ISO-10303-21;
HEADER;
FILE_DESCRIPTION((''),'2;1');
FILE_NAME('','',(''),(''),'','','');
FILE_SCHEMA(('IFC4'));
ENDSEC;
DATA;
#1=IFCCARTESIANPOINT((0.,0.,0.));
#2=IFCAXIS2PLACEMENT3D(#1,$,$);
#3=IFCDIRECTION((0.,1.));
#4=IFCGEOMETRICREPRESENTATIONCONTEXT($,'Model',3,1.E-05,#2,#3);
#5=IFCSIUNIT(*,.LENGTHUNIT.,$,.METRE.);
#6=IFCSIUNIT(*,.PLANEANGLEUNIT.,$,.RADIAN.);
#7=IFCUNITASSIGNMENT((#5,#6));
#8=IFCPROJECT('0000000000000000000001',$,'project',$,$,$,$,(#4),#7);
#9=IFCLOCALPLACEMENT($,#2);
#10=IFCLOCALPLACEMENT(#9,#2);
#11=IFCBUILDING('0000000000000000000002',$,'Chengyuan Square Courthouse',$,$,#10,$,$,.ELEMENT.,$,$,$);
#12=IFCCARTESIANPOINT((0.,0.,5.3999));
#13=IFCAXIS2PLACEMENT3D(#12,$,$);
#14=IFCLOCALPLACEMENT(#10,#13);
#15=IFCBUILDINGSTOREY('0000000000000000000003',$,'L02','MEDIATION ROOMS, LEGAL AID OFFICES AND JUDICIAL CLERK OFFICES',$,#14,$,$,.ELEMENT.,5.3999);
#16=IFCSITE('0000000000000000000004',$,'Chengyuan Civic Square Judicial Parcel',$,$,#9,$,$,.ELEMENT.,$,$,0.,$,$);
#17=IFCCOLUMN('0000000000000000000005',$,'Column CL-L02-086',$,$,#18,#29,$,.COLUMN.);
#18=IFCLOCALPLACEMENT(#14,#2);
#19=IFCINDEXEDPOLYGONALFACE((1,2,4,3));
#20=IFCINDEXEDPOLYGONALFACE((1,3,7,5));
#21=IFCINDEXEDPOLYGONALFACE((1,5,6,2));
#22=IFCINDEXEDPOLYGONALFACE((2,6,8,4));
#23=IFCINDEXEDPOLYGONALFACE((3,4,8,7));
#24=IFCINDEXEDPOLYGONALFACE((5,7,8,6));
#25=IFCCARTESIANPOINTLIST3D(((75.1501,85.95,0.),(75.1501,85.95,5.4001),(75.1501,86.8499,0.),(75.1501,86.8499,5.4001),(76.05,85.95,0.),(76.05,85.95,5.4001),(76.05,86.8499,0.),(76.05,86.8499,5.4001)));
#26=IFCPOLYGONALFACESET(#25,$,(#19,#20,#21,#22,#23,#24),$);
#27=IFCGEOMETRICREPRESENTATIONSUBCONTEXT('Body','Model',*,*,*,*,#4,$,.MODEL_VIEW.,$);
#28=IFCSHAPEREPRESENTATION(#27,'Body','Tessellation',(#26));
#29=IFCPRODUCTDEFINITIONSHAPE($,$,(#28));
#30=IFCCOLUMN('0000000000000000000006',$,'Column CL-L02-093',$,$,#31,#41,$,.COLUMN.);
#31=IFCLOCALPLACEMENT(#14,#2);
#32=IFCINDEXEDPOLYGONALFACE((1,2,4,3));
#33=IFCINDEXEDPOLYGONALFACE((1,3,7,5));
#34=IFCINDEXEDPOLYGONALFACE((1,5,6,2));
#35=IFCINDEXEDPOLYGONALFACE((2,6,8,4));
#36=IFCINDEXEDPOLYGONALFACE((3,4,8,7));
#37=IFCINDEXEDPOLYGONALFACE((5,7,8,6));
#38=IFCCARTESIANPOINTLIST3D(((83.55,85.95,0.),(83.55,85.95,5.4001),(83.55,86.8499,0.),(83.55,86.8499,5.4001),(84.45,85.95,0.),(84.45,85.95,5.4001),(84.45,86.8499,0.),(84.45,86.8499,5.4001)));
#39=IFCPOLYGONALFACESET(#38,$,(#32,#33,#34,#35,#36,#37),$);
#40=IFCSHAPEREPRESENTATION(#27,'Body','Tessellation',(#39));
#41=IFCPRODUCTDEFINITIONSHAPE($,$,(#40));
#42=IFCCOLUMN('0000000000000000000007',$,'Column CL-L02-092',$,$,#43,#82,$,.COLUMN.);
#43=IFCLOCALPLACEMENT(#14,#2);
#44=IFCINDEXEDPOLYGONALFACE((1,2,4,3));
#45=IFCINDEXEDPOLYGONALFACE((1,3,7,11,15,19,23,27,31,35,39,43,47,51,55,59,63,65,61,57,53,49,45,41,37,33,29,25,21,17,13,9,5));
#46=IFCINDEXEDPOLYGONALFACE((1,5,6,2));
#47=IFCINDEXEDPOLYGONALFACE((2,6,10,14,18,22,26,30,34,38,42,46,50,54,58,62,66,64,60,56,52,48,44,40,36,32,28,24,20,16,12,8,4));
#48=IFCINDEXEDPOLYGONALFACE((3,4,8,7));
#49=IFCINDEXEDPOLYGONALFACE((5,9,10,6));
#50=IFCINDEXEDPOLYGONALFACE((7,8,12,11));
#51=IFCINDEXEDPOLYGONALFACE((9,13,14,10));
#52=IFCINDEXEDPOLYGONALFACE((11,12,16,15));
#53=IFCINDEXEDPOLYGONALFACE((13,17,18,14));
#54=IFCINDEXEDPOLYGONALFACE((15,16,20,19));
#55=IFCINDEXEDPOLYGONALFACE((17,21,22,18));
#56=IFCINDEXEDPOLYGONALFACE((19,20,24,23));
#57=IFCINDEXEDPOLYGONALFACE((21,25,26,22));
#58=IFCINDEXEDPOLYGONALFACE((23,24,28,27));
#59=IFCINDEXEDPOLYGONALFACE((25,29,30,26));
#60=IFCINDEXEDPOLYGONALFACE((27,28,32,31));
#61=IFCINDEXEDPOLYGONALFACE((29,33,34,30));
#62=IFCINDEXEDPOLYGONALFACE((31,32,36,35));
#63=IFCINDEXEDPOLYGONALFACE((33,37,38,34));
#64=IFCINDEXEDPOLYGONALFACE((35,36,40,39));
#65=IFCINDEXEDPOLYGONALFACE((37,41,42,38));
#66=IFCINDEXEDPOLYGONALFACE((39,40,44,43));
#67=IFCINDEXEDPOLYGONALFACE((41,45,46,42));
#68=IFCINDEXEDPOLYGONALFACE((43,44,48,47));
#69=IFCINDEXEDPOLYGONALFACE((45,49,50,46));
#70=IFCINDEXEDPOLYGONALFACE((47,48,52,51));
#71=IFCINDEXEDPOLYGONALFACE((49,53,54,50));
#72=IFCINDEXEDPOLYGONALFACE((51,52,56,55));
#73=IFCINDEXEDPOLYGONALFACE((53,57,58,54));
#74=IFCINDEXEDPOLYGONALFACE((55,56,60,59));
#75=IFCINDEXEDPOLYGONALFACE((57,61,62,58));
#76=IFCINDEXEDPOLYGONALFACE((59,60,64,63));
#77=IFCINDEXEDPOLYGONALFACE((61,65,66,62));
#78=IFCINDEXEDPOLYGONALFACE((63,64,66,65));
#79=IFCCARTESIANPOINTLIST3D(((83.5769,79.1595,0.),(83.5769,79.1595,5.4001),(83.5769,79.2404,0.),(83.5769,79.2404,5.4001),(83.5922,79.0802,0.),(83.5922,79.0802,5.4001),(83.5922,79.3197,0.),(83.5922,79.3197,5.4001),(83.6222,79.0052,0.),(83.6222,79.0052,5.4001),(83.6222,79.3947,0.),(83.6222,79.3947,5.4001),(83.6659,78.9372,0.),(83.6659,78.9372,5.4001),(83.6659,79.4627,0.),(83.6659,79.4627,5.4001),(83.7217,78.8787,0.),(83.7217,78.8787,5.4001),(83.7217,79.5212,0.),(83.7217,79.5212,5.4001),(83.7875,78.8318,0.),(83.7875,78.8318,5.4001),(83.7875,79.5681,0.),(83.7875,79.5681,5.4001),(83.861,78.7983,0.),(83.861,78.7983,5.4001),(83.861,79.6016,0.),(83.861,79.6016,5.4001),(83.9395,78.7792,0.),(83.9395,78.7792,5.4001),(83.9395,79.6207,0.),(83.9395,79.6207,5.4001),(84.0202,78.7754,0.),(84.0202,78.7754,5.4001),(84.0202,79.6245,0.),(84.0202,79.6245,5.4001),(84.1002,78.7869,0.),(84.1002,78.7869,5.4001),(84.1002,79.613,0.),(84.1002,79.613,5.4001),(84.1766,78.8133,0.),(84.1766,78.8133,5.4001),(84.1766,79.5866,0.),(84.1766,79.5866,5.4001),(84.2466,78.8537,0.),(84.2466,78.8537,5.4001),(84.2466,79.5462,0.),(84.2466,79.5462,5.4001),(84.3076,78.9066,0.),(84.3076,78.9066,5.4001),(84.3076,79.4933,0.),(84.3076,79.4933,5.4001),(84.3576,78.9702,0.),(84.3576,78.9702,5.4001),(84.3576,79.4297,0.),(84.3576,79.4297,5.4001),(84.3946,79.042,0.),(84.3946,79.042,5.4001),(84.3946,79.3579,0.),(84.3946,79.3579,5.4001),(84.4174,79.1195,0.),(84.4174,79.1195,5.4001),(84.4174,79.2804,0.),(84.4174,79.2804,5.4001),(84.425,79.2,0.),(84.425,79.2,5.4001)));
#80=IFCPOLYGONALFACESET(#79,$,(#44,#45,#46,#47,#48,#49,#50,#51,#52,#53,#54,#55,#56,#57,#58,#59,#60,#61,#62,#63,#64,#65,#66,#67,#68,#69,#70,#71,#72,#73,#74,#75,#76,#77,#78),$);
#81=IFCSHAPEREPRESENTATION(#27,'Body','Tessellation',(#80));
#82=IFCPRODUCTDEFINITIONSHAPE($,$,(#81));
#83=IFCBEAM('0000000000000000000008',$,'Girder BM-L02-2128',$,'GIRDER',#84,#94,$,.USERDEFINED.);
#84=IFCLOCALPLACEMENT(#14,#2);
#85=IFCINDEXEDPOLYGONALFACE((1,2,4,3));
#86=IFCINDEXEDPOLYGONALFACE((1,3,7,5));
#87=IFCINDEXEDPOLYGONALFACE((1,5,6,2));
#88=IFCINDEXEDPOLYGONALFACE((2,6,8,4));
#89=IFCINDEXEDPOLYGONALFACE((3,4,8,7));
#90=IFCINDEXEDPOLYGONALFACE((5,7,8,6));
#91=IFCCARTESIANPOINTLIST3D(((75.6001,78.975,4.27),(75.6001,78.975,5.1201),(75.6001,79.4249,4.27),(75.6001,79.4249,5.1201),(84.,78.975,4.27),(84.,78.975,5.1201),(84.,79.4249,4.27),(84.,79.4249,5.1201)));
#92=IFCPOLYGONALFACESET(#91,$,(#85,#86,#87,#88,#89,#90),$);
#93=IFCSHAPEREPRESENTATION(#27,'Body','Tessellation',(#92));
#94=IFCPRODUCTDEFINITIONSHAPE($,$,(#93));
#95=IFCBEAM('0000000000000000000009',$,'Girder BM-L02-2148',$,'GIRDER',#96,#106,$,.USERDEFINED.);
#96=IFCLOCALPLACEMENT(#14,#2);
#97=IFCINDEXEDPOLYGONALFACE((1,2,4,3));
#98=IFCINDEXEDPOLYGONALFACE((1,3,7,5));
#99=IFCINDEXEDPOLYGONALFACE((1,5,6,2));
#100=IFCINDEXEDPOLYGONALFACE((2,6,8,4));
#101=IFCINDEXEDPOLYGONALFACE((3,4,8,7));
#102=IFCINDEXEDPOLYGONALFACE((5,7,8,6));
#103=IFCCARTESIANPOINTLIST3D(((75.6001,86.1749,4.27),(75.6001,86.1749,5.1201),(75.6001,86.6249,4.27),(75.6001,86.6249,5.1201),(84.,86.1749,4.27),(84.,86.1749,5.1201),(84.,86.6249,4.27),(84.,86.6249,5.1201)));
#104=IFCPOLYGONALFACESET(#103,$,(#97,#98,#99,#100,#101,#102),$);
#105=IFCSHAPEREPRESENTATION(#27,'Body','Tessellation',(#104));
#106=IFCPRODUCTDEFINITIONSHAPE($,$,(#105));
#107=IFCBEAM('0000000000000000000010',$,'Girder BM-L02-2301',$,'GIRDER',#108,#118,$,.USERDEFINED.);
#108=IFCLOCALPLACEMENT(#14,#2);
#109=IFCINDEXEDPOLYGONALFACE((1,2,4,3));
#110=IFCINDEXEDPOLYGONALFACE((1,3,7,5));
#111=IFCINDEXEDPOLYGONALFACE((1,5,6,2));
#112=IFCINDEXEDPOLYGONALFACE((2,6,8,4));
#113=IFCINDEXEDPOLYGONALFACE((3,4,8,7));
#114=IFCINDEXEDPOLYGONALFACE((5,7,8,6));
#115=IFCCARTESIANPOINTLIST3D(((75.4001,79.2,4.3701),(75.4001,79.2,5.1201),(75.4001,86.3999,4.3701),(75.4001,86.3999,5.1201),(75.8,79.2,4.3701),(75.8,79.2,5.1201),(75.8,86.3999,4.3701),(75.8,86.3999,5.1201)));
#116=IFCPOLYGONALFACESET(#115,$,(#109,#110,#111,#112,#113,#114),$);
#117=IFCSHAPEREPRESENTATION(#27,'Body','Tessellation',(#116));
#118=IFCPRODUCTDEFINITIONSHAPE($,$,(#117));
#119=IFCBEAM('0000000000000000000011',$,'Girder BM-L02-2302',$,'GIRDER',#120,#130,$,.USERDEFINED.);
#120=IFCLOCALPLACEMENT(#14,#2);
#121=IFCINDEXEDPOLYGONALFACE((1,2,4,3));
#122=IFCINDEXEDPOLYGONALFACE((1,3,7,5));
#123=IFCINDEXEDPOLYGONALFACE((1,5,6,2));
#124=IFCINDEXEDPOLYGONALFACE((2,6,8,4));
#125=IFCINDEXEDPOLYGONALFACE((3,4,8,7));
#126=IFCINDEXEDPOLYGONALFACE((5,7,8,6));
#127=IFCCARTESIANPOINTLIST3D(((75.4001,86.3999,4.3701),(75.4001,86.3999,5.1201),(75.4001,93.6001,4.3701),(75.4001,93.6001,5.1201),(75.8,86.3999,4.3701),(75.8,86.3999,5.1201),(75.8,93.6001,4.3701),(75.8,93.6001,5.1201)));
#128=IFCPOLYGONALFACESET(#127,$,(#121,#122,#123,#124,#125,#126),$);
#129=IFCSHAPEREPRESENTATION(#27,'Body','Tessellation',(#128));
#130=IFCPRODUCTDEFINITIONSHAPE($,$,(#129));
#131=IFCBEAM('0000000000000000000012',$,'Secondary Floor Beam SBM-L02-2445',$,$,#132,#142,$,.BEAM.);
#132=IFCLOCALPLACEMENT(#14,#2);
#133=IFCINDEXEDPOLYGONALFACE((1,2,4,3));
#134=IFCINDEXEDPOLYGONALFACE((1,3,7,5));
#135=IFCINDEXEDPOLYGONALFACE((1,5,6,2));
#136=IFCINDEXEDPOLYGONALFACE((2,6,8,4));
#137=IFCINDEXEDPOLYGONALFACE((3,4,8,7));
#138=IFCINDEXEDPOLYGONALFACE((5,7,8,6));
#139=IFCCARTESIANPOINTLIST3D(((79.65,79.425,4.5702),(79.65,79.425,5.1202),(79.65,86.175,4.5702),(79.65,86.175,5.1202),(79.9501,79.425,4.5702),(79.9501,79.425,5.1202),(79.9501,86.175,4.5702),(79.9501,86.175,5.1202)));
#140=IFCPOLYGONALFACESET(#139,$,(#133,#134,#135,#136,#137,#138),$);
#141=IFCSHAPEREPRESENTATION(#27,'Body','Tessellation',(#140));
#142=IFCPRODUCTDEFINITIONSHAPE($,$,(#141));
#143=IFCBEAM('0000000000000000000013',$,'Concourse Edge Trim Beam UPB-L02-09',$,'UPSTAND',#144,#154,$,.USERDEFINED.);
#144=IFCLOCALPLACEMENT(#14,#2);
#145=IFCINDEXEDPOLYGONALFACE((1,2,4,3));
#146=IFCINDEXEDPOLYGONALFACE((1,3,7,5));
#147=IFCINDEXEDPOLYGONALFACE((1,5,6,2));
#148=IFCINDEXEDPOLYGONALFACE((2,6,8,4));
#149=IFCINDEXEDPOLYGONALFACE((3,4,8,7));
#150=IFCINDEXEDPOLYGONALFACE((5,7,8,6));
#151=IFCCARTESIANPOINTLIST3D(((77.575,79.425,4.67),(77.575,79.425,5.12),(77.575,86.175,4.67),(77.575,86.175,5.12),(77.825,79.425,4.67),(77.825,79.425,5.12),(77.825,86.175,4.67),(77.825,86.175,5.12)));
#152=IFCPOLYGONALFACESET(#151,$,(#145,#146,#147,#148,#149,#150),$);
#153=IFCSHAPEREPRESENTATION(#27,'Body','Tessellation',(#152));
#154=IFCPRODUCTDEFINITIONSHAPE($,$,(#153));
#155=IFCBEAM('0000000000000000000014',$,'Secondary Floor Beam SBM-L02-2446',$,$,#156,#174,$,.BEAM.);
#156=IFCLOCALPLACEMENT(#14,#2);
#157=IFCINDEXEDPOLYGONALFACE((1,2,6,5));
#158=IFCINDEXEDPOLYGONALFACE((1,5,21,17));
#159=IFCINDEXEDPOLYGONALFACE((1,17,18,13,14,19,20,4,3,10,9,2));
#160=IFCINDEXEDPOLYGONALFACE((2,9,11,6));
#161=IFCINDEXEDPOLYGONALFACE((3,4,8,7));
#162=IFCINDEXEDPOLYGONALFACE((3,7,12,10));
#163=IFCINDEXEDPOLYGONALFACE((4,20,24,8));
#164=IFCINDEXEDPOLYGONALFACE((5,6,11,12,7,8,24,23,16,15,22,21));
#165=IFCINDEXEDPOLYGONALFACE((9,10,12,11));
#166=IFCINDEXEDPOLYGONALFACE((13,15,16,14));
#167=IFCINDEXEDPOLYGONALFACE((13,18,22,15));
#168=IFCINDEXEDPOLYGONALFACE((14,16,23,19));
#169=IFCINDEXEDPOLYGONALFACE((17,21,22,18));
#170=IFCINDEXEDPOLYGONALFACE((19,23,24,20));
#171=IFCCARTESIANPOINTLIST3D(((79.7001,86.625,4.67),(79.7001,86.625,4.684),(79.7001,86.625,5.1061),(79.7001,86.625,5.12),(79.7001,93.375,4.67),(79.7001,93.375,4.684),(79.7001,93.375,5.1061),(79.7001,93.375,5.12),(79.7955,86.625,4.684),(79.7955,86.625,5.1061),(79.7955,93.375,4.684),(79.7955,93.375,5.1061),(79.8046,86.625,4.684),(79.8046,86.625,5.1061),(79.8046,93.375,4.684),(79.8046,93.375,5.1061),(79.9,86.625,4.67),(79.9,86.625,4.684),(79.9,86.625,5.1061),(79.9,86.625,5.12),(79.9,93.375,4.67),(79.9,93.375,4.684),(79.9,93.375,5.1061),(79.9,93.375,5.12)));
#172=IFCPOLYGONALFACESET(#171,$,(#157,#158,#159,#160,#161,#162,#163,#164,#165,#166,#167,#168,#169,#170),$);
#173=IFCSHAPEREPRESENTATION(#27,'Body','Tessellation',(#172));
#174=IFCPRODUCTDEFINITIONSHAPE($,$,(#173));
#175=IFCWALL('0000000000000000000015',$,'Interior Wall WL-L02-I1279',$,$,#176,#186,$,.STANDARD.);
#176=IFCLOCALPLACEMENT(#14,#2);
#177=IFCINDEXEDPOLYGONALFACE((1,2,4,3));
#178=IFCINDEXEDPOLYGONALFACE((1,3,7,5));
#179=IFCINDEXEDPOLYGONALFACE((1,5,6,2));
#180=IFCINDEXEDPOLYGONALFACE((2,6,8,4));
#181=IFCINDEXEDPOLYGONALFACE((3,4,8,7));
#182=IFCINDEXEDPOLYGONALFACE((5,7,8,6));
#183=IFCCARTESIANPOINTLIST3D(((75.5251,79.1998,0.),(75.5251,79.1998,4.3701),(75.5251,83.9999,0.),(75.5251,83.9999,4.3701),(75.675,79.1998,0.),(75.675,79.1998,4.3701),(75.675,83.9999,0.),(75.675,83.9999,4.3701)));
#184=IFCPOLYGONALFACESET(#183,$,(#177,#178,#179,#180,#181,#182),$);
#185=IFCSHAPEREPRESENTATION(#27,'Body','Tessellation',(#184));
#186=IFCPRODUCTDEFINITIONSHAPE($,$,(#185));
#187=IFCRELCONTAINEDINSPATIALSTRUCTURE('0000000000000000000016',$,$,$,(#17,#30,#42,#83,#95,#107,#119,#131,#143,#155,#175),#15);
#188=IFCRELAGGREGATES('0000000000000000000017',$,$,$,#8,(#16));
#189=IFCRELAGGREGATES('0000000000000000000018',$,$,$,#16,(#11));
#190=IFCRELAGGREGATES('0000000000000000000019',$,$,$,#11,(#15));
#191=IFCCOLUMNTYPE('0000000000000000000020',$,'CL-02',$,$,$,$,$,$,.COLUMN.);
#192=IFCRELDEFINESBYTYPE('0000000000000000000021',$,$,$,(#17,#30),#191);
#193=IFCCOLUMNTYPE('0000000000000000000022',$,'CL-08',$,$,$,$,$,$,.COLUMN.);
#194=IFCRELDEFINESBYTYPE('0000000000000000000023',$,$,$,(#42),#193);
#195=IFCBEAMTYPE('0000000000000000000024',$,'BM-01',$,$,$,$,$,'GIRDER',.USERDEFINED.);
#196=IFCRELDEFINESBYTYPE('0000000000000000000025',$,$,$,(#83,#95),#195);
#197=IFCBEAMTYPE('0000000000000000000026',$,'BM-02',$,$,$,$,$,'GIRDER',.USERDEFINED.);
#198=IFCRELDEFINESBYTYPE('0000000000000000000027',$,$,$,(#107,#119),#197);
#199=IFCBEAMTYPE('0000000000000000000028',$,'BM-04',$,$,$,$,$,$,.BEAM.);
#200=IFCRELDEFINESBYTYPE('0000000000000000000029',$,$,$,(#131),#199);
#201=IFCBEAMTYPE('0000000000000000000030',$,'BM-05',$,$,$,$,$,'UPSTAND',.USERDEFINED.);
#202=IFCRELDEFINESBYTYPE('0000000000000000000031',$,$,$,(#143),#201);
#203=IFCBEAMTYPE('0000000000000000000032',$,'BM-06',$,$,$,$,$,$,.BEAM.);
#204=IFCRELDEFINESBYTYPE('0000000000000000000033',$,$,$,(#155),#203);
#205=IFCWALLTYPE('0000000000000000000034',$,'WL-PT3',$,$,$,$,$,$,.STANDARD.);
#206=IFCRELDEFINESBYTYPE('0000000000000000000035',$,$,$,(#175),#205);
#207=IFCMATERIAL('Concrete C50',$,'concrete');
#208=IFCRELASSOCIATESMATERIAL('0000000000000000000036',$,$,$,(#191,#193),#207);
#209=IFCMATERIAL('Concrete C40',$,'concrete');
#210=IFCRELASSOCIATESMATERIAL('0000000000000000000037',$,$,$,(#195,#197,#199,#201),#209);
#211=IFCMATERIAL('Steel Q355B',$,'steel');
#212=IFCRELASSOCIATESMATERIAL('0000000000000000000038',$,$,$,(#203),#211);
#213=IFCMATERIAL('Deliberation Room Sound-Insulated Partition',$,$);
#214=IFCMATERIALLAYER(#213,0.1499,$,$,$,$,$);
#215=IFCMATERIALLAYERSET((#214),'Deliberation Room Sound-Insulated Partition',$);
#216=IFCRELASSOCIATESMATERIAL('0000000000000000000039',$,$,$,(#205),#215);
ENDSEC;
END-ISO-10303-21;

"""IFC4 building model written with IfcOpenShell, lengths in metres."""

from ifc_helpers import new_model, si_unit, direction, frame, frame_2d, origin, origin_2d, place, context, subcontext, project, spatial, rectangle, circle, i_section, extrude, material, layer, layer_set, material_profile, profile_set, type_object, element, save


model = new_model("IFC4")

# Units and contexts
model_context = context("Model", 3, precision=1e-05, world=origin(), true_north=direction((0.0, 1.0)))
body_context = subcontext(model_context, "Body", "Model", "MODEL_VIEW")
ifc_project = project(units=[si_unit("LENGTHUNIT", "METRE"), si_unit("PLANEANGLEUNIT", "RADIAN")], contexts=[model_context])

# Site, building, storey
site_placement = place(None, origin())
site = spatial("IfcSite", under=ifc_project, at=site_placement, Name="Chengyuan Civic Square Judicial Parcel", CompositionType="ELEMENT", RefElevation=0.0)
building_placement = place(site_placement, origin())
building = spatial("IfcBuilding", under=site, at=building_placement, Name="Chengyuan Square Courthouse", CompositionType="ELEMENT")
storey_placement = place(building_placement, frame((0.0, 0.0, 5.3999)))
storey = spatial("IfcBuildingStorey", under=building, at=storey_placement, Name="L02", Description="MEDIATION ROOMS, LEGAL AID OFFICES AND JUDICIAL CLERK OFFICES", CompositionType="ELEMENT", Elevation=5.3999)

# Columns
ifc_material_1 = material(Name="Concrete C50", Category="concrete")
ifc_material_profile_1 = material_profile(ifc_material_1, rectangle(XDim=0.8999, YDim=0.8999, at=origin_2d()), Name="RC-COL-900x900")
ifc_profile_set_1 = profile_set([ifc_material_profile_1], Name="Concrete C50")
column_type_1 = type_object("IfcColumnType", Name="CL-02", PredefinedType="COLUMN", material=ifc_profile_set_1)
for number, where, z_axis, x_axis, name in (
    (1, (75.6001, 86.3999, 0.0), (0.0, 0.0, 1.0), (1.0, 0.0, 0.0), "Column CL-L02-086"),
    (2, (84.0, 86.3999, 0.0), (0.0, 0.0, 1.0), (1.0, 0.0, 0.0), "Column CL-L02-093"),
):
    element("IfcColumn", number, at=place(storey_placement, frame(where, z_axis=z_axis, x_axis=x_axis)), inside=storey, type_object=column_type_1, Name=name, PredefinedType="COLUMN", context=body_context, shape_type="SweptSolid", body=[
        extrude(rectangle(XDim=0.8999, YDim=0.8999, at=origin_2d()), origin(), (0.0, 0.0, 1.0), 5.4001),
    ])
ifc_material_profile_2 = material_profile(ifc_material_1, circle(Radius=0.425, at=origin_2d()), Name="RC-COL-D850")
ifc_profile_set_2 = profile_set([ifc_material_profile_2], Name="Concrete C50")
column_type_2 = type_object("IfcColumnType", Name="CL-08", PredefinedType="COLUMN", material=ifc_profile_set_2)
column_placement = place(storey_placement, frame((84.0, 79.2, 0.0), z_axis=(0.0, 0.0, 1.0), x_axis=(1.0, 0.0, 0.0)))
element("IfcColumn", 3, at=column_placement, inside=storey, type_object=column_type_2, Name="Column CL-L02-092", PredefinedType="COLUMN", context=body_context, shape_type="SweptSolid", body=[
    extrude(circle(Radius=0.425, at=origin_2d()), origin(), (0.0, 0.0, 1.0), 5.4001),
])

# Beams
ifc_material_2 = material(Name="Concrete C40", Category="concrete")
ifc_material_profile_3 = material_profile(ifc_material_2, rectangle(XDim=0.45, YDim=0.8501, at=origin_2d()), Name="RC-BM-450x850")
ifc_profile_set_3 = profile_set([ifc_material_profile_3], Name="Concrete C40")
beam_type_1 = type_object("IfcBeamType", Name="BM-01", ElementType="GIRDER", PredefinedType="USERDEFINED", material=ifc_profile_set_3)
for number, where, z_axis, x_axis, name in (
    (4, (75.6001, 79.2, 4.6951), (1.0, 0.0, 0.0), (0.0, 1.0, 0.0), "Girder BM-L02-2128"),
    (5, (75.6001, 86.3999, 4.6951), (1.0, 0.0, 0.0), (0.0, 1.0, 0.0), "Girder BM-L02-2148"),
):
    element("IfcBeam", number, at=place(storey_placement, frame(where, z_axis=z_axis, x_axis=x_axis)), inside=storey, type_object=beam_type_1, Name=name, ObjectType="GIRDER", PredefinedType="USERDEFINED", context=body_context, shape_type="SweptSolid", body=[
        extrude(rectangle(XDim=0.45, YDim=0.8501, at=origin_2d()), origin(), (0.0, 0.0, 1.0), 8.3999),
    ])
ifc_material_profile_4 = material_profile(ifc_material_2, rectangle(XDim=0.3999, YDim=0.75, at=origin_2d()), Name="RC-BM-400x750")
ifc_profile_set_4 = profile_set([ifc_material_profile_4], Name="Concrete C40")
beam_type_2 = type_object("IfcBeamType", Name="BM-02", ElementType="GIRDER", PredefinedType="USERDEFINED", material=ifc_profile_set_4)
beam_1_placement = place(storey_placement, frame((75.6001, 79.2, 4.7451), z_axis=(0.0, 1.0, 0.0), x_axis=(-1.0, 0.0, 0.0)))
element("IfcBeam", 6, at=beam_1_placement, inside=storey, type_object=beam_type_2, Name="Girder BM-L02-2301", ObjectType="GIRDER", PredefinedType="USERDEFINED", context=body_context, shape_type="SweptSolid", body=[
    extrude(rectangle(XDim=0.3999, YDim=0.75, at=origin_2d()), origin(), (0.0, 0.0, 1.0), 7.2),
])
beam_2_placement = place(storey_placement, frame((75.6001, 86.3999, 4.7451), z_axis=(0.0, 1.0, 0.0), x_axis=(-1.0, 0.0, 0.0)))
element("IfcBeam", 7, at=beam_2_placement, inside=storey, type_object=beam_type_2, Name="Girder BM-L02-2302", ObjectType="GIRDER", PredefinedType="USERDEFINED", context=body_context, shape_type="SweptSolid", body=[
    extrude(rectangle(XDim=0.3999, YDim=0.75, at=origin_2d()), origin(), (0.0, 0.0, 1.0), 7.2002),
])
ifc_material_profile_5 = material_profile(ifc_material_2, rectangle(XDim=0.3, YDim=0.55, at=origin_2d()), Name="RC-BM-300x550")
ifc_profile_set_5 = profile_set([ifc_material_profile_5], Name="Concrete C40")
beam_type_3 = type_object("IfcBeamType", Name="BM-04", PredefinedType="BEAM", material=ifc_profile_set_5)
beam_3_placement = place(storey_placement, frame((79.8, 79.425, 4.8452), z_axis=(0.0, 1.0, 0.0), x_axis=(-1.0, 0.0, 0.0)))
element("IfcBeam", 8, at=beam_3_placement, inside=storey, type_object=beam_type_3, Name="Secondary Floor Beam SBM-L02-2445", PredefinedType="BEAM", context=body_context, shape_type="SweptSolid", body=[
    extrude(rectangle(XDim=0.3, YDim=0.55, at=origin_2d()), origin(), (0.0, 0.0, 1.0), 6.75),
])
ifc_material_profile_6 = material_profile(ifc_material_2, rectangle(XDim=0.25, YDim=0.45, at=origin_2d()), Name="RC-UP-250x450")
ifc_profile_set_6 = profile_set([ifc_material_profile_6], Name="Concrete C40")
beam_type_4 = type_object("IfcBeamType", Name="BM-05", ElementType="UPSTAND", PredefinedType="USERDEFINED", material=ifc_profile_set_6)
beam_4_placement = place(storey_placement, frame((77.7, 79.425, 4.895), z_axis=(0.0, 1.0, 0.0), x_axis=(-1.0, 0.0, 0.0)))
element("IfcBeam", 9, at=beam_4_placement, inside=storey, type_object=beam_type_4, Name="Concourse Edge Trim Beam UPB-L02-09", ObjectType="UPSTAND", PredefinedType="USERDEFINED", context=body_context, shape_type="SweptSolid", body=[
    extrude(rectangle(XDim=0.25, YDim=0.45, at=origin_2d()), origin(), (0.0, 0.0, 1.0), 6.75),
])
ifc_material_3 = material(Name="Steel Q355B", Category="steel")
ifc_material_profile_7 = material_profile(ifc_material_3, i_section(OverallWidth=0.2, OverallDepth=0.45, WebThickness=0.009, FlangeThickness=0.0139, at=origin_2d()), Name="HN 450x200x9x14")
ifc_profile_set_7 = profile_set([ifc_material_profile_7], Name="Steel Q355B")
beam_type_5 = type_object("IfcBeamType", Name="BM-06", PredefinedType="BEAM", material=ifc_profile_set_7)
beam_5_placement = place(storey_placement, frame((79.8, 86.625, 4.895), z_axis=(0.0, 1.0, 0.0), x_axis=(-1.0, 0.0, 0.0)))
element("IfcBeam", 10, at=beam_5_placement, inside=storey, type_object=beam_type_5, Name="Secondary Floor Beam SBM-L02-2446", PredefinedType="BEAM", context=body_context, shape_type="SweptSolid", body=[
    extrude(i_section(OverallWidth=0.2, OverallDepth=0.45, WebThickness=0.009, FlangeThickness=0.0139, at=origin_2d()), origin(), (0.0, 0.0, 1.0), 6.75),
])

# Wall
ifc_material_4 = material(Name="Deliberation Room Sound-Insulated Partition")
ifc_layer_1 = layer(ifc_material_4, 0.1499)
ifc_layer_set_1 = layer_set([ifc_layer_1], Name="Deliberation Room Sound-Insulated Partition")
wall_type_1 = type_object("IfcWallType", Name="WL-PT3", PredefinedType="STANDARD", material=ifc_layer_set_1)
wall_1_placement = place(storey_placement, frame((75.6001, 79.2, 0.0), z_axis=(0.0, 0.0, 1.0), x_axis=(0.0, 1.0, 0.0)))
element("IfcWall", 11, at=wall_1_placement, inside=storey, type_object=wall_type_1, Name="Interior Wall WL-L02-I1279", PredefinedType="STANDARD", context=body_context, shape_type="SweptSolid", body=[
    extrude(rectangle(XDim=4.8, YDim=0.1499, at=frame_2d((2.3999, 0.0))), origin(), (0.0, 0.0, 1.0), 4.3701),
])

save(model, "model.ifc")
